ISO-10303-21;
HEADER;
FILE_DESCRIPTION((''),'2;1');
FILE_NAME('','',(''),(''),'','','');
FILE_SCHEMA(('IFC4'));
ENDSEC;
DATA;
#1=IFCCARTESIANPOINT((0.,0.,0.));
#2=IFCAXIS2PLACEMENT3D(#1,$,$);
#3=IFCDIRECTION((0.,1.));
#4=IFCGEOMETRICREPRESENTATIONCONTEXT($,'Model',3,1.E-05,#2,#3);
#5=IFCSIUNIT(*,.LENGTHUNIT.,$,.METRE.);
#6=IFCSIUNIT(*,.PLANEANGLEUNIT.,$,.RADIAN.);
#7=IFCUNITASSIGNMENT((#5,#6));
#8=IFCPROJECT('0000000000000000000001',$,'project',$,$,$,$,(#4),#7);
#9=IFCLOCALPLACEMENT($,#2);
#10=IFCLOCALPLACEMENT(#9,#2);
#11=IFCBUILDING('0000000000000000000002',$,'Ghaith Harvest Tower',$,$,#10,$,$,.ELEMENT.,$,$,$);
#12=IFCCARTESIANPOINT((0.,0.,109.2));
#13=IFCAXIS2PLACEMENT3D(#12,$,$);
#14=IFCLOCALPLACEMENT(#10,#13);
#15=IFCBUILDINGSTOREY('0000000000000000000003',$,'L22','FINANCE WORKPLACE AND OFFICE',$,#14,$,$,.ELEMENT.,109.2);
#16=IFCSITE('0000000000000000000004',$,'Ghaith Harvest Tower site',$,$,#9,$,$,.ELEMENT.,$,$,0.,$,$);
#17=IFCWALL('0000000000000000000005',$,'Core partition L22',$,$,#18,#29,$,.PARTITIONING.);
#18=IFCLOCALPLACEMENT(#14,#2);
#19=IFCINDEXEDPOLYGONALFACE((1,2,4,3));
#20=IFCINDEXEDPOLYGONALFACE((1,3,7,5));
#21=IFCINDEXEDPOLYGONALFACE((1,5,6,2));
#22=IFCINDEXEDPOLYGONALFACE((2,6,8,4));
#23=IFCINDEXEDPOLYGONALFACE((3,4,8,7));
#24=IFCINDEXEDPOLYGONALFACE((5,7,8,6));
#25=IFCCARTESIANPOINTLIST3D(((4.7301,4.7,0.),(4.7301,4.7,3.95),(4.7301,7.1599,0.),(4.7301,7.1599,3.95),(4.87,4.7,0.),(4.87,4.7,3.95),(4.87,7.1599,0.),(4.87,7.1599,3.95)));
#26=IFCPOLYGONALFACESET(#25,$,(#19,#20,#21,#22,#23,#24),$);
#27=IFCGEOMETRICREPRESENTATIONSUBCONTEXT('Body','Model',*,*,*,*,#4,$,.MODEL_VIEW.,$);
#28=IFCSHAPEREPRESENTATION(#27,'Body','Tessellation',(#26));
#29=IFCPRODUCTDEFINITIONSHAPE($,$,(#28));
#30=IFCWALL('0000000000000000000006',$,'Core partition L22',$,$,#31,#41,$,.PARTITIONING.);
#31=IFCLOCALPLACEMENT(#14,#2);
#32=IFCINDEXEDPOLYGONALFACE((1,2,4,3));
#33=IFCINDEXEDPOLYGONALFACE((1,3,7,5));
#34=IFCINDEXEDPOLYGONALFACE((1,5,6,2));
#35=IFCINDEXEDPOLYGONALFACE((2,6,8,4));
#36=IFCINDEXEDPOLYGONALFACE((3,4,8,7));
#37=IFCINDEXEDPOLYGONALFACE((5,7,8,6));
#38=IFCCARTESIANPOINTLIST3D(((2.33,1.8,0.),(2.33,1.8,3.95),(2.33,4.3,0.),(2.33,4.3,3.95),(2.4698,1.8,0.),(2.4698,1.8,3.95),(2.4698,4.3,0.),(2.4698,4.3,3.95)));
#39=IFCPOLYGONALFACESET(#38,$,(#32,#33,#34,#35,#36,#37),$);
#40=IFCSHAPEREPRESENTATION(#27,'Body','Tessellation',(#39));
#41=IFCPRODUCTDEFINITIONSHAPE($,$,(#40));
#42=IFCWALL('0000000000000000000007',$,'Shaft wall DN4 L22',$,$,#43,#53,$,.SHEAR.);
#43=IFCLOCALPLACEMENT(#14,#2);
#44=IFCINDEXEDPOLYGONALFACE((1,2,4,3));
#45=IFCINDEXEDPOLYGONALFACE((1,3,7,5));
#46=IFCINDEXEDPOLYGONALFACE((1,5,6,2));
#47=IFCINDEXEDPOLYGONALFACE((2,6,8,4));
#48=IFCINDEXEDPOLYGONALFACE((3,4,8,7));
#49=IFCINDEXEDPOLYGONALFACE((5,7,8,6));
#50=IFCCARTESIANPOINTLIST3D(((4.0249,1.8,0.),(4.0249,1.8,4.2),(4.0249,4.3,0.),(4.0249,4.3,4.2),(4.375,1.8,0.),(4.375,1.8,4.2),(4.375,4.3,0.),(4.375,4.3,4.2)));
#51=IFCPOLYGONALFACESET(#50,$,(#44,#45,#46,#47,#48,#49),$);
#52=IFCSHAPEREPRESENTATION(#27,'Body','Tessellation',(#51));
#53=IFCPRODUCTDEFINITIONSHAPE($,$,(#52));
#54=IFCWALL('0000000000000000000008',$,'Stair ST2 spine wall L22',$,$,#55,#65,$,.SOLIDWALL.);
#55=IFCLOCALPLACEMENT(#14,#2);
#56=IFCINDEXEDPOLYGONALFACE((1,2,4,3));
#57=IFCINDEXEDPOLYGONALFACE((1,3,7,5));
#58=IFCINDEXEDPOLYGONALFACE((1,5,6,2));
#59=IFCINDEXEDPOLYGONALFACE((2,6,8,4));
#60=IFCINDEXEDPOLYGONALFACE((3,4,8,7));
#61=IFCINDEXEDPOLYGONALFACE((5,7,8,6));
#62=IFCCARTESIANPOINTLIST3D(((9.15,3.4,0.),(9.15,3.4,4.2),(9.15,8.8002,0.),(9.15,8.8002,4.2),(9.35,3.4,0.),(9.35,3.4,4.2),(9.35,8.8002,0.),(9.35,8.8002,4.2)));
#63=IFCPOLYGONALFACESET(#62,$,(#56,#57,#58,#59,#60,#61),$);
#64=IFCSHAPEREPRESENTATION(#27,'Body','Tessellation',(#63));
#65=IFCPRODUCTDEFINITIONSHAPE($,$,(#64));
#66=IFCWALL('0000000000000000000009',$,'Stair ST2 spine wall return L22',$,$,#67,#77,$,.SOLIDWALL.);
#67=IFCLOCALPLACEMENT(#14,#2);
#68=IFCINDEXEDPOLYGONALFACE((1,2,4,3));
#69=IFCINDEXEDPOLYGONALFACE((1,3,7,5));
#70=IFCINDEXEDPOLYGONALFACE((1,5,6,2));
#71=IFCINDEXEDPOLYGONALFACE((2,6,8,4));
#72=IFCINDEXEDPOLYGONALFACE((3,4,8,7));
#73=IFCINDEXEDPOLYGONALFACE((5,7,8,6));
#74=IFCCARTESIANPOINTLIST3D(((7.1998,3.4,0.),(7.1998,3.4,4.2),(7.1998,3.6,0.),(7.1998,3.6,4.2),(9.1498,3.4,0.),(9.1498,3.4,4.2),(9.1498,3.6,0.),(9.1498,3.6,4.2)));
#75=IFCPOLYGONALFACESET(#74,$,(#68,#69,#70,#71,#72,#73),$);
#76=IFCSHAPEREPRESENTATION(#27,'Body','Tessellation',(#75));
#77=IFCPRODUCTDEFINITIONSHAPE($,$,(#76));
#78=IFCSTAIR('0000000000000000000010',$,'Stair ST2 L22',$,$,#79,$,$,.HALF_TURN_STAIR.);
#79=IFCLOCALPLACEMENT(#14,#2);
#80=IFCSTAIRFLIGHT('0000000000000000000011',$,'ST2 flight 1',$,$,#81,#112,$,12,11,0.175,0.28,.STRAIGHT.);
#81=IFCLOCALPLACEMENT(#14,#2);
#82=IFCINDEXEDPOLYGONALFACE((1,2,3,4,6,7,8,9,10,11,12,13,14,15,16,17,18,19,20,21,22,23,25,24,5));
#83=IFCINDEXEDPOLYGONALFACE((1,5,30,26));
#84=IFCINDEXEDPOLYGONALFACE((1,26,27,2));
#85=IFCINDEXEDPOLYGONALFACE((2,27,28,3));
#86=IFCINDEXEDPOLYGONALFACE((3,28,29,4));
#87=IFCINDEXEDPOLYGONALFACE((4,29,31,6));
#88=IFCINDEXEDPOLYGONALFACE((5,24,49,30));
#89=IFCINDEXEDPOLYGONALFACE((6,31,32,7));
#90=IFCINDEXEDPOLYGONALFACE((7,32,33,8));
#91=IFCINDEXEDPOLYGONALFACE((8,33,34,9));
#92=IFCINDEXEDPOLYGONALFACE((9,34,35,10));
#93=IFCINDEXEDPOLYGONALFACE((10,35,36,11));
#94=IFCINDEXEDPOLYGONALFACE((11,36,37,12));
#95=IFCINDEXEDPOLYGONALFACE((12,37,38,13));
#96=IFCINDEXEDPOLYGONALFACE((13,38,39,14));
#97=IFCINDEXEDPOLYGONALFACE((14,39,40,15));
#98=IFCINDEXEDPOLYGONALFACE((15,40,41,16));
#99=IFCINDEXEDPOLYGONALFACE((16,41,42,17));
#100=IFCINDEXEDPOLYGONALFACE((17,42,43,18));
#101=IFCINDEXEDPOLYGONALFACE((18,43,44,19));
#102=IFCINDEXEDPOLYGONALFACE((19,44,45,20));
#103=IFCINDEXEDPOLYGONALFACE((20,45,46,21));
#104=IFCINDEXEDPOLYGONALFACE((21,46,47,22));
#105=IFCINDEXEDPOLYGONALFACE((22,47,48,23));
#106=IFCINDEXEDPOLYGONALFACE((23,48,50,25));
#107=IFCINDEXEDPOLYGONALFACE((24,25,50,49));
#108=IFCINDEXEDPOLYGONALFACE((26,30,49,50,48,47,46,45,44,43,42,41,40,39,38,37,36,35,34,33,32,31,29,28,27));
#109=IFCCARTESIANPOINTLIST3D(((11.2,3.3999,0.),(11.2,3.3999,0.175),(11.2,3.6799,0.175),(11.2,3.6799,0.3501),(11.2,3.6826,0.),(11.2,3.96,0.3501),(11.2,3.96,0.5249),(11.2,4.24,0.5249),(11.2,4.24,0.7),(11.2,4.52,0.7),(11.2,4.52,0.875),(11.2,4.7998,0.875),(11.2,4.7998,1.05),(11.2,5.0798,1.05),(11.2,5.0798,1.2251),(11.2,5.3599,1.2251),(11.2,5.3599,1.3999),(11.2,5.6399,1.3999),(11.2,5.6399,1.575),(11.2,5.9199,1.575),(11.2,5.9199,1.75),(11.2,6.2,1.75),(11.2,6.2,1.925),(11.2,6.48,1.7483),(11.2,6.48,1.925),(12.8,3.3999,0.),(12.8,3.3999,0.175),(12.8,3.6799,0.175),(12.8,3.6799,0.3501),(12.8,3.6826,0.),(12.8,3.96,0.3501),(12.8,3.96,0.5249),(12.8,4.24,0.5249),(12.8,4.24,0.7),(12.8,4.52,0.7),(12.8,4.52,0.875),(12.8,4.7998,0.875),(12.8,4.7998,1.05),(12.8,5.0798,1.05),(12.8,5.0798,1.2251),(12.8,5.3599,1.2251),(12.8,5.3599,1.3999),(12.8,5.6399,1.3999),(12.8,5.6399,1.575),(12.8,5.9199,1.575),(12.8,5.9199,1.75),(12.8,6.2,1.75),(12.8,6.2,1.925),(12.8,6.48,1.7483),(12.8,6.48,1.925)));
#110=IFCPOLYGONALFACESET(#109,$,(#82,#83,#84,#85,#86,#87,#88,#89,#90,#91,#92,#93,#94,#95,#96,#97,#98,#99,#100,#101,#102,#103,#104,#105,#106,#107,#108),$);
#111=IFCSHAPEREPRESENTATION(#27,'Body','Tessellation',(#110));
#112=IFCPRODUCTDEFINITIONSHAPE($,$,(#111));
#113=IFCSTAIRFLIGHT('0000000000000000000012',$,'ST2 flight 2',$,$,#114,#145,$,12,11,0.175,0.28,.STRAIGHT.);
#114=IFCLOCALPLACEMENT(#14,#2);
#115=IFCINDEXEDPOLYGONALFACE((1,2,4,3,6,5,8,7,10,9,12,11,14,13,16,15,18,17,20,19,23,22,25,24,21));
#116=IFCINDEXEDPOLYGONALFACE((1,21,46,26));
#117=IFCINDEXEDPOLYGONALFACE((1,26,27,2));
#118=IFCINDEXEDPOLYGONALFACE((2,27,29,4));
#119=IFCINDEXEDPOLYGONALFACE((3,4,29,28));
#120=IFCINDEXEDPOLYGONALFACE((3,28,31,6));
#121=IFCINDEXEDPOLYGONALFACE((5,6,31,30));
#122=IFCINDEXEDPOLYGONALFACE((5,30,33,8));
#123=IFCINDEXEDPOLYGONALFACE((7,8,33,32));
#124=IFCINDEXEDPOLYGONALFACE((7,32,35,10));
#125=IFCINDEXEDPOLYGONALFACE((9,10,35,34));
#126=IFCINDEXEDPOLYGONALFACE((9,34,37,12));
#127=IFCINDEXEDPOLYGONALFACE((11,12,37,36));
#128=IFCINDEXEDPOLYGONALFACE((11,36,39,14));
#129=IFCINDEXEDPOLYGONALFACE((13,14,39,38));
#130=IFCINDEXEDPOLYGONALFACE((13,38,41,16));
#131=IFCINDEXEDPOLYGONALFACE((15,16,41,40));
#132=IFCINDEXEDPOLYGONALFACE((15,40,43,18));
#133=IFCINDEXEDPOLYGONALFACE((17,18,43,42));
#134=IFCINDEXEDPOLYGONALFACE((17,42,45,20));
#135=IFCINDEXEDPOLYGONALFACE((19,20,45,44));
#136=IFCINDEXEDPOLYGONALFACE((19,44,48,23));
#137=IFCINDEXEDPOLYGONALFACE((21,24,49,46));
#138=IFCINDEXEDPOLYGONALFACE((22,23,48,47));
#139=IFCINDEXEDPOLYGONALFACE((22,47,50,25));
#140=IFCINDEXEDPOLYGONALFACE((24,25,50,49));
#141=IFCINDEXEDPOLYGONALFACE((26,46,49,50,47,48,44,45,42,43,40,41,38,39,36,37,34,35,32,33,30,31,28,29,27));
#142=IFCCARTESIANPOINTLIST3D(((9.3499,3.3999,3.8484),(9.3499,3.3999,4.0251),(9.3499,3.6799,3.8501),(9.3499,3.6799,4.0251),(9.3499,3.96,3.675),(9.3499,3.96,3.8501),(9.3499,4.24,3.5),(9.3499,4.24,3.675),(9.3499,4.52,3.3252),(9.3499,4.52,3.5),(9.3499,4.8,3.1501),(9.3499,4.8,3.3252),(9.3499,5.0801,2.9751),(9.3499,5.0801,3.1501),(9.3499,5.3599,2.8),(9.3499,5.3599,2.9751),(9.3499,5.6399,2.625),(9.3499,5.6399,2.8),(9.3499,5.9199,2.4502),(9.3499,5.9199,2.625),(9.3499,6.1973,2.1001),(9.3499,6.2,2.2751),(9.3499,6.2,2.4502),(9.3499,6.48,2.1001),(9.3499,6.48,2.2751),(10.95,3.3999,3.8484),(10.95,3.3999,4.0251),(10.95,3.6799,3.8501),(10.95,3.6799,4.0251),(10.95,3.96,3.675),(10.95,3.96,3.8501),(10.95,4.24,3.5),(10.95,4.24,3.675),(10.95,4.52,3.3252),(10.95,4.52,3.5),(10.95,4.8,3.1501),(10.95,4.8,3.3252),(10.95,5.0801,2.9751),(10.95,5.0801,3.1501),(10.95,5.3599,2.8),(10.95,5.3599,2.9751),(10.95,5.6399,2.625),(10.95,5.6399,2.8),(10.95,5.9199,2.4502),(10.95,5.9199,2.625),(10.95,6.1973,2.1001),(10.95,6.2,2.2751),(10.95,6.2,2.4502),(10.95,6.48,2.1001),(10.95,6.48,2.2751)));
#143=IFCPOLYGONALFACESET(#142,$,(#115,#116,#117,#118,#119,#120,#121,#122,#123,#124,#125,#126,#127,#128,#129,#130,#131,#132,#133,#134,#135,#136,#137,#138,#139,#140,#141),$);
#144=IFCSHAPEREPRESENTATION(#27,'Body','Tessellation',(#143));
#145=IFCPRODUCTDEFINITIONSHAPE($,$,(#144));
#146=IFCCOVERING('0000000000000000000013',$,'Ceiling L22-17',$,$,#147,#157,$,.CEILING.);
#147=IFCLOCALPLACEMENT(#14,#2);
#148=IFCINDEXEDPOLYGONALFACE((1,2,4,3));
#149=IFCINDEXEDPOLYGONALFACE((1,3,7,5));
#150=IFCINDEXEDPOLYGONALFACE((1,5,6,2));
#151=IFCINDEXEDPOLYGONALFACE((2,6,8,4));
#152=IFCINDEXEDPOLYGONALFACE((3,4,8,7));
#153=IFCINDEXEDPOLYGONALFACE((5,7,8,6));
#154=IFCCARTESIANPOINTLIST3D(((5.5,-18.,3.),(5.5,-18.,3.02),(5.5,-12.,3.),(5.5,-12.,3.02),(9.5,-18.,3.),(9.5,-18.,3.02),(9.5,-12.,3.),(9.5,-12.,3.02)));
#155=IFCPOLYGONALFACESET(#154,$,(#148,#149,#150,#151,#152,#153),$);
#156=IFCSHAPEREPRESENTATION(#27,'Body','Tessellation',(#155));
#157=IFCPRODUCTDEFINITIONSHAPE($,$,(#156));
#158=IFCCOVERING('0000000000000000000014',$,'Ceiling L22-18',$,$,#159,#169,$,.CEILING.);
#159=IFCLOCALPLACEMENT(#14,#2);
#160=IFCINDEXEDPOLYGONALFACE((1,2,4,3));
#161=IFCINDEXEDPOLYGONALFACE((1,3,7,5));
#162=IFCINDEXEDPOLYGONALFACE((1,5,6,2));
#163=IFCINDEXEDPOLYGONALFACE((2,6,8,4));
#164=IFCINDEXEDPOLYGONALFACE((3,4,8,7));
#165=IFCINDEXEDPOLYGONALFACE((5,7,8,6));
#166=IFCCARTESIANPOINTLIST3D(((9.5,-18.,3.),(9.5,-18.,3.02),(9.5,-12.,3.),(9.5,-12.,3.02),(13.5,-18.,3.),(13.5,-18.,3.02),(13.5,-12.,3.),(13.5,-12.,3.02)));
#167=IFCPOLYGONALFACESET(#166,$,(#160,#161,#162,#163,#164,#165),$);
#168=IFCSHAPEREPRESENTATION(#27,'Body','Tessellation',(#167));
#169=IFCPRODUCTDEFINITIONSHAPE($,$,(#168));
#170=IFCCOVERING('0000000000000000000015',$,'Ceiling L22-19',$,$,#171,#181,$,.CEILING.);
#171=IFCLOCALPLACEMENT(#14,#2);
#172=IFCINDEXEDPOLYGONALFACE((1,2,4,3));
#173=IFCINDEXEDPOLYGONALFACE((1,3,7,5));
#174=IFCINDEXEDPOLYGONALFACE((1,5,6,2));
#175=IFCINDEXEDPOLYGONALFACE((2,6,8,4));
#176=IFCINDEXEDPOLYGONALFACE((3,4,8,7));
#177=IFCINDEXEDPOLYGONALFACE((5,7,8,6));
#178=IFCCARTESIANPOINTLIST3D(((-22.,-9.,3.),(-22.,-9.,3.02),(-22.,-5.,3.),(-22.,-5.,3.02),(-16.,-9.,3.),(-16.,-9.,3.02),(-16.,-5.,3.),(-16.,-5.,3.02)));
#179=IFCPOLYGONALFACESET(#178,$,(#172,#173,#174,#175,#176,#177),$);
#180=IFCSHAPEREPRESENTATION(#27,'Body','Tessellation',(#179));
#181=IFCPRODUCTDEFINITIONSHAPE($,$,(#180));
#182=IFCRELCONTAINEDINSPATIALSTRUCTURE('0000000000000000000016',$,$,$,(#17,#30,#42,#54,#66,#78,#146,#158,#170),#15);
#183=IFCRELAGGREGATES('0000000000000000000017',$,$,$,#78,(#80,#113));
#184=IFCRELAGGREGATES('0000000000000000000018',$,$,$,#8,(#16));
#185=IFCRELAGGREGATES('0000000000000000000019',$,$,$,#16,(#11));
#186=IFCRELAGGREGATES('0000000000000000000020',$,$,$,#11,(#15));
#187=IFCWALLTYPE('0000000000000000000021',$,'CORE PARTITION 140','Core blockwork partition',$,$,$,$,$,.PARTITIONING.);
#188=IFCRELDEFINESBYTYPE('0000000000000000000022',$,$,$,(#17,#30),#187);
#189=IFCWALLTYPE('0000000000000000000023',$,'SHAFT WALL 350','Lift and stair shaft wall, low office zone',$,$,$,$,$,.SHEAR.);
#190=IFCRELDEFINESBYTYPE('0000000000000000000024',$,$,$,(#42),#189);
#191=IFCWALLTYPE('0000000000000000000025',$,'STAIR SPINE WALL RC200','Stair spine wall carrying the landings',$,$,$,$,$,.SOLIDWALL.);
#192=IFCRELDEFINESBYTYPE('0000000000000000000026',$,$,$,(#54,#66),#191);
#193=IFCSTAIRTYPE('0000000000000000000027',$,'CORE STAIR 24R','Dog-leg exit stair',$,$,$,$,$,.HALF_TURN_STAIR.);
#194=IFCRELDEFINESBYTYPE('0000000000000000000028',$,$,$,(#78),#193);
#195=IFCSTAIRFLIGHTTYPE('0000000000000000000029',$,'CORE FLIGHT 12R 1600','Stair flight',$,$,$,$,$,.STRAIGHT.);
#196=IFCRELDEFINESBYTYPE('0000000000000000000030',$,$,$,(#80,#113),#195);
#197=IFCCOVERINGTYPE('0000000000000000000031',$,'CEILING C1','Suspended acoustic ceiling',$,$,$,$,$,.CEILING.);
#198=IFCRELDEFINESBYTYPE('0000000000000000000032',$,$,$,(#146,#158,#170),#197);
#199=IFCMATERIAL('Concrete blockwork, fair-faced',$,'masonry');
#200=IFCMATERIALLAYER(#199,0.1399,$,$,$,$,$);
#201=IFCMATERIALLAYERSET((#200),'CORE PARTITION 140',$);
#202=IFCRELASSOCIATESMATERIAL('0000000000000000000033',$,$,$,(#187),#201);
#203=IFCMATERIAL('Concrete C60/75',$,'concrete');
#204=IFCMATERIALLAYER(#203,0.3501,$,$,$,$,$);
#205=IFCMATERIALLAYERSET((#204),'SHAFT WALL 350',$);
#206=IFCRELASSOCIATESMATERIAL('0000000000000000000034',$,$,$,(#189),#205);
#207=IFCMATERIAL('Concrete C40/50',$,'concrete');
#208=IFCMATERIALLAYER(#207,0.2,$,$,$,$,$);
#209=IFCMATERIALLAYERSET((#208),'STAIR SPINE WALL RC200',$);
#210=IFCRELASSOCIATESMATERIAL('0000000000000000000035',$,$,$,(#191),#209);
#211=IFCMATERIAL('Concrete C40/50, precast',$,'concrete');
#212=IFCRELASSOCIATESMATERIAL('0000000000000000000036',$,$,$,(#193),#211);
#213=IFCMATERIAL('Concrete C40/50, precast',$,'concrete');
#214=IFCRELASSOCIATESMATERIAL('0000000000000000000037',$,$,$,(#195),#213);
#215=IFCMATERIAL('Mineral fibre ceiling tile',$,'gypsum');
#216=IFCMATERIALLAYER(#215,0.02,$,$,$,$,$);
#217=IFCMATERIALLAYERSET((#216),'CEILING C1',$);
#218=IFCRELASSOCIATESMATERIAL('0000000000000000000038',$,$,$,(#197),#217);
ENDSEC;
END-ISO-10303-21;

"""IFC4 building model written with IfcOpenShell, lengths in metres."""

from ifc_helpers import new_model, si_unit, direction, frame, frame_2d, origin, place, context, subcontext, project, spatial, polyline, rectangle, outline, extrude, material, layer, layer_set, type_object, element, aggregate, save


model = new_model("IFC4")

# Units and contexts
model_context = context("Model", 3, precision=1e-05, world=origin(), true_north=direction((0.0, 1.0)))
body_context = subcontext(model_context, "Body", "Model", "MODEL_VIEW")
ifc_project = project(units=[si_unit("LENGTHUNIT", "METRE"), si_unit("PLANEANGLEUNIT", "RADIAN")], contexts=[model_context])

# Site, building, storey
site_placement = place(None, origin())
site = spatial("IfcSite", under=ifc_project, at=site_placement, Name="Ghaith Harvest Tower site", CompositionType="ELEMENT", RefElevation=0.0)
building_placement = place(site_placement, origin())
building = spatial("IfcBuilding", under=site, at=building_placement, Name="Ghaith Harvest Tower", CompositionType="ELEMENT")
storey_placement = place(building_placement, frame((0.0, 0.0, 109.2)))
storey = spatial("IfcBuildingStorey", under=building, at=storey_placement, Name="L22", Description="FINANCE WORKPLACE AND OFFICE", CompositionType="ELEMENT", Elevation=109.2)

# Walls
ifc_material_1 = material(Name="Concrete blockwork, fair-faced", Category="masonry")
ifc_layer_1 = layer(ifc_material_1, 0.1399)
ifc_layer_set_1 = layer_set([ifc_layer_1], Name="CORE PARTITION 140")
wall_type_1 = type_object("IfcWallType", Name="CORE PARTITION 140", Description="Core blockwork partition", PredefinedType="PARTITIONING", material=ifc_layer_set_1)
for number, where, z_axis, x_axis, name in (
    (1, (4.8, 4.7, 0.0), (0.0, 0.0, 1.0), (0.0, 1.0, 0.0), "Core partition L22"),
):
    element("IfcWall", number, at=place(storey_placement, frame(where, z_axis=z_axis, x_axis=x_axis)), inside=storey, type_object=wall_type_1, Name=name, PredefinedType="PARTITIONING", context=body_context, shape_type="SweptSolid", body=[
        extrude(rectangle(XDim=2.46, YDim=0.1399, at=frame_2d((1.23, 0.0))), origin(), (0.0, 0.0, 1.0), 3.95),
    ])
wall_1_placement = place(storey_placement, frame((2.3999, 1.8, 0.0), z_axis=(0.0, 0.0, 1.0), x_axis=(0.0, 1.0, 0.0)))
element("IfcWall", 2, at=wall_1_placement, inside=storey, type_object=wall_type_1, Name="Core partition L22", PredefinedType="PARTITIONING", context=body_context, shape_type="SweptSolid", body=[
    extrude(rectangle(XDim=2.5, YDim=0.1399, at=frame_2d((1.25, 0.0))), origin(), (0.0, 0.0, 1.0), 3.95),
])

# Shared definitions
ifc_material_2 = material(Name="Concrete C60/75", Category="concrete")
ifc_layer_2 = layer(ifc_material_2, 0.3501)
ifc_layer_set_2 = layer_set([ifc_layer_2], Name="SHAFT WALL 350")
wall_type_2 = type_object("IfcWallType", Name="SHAFT WALL 350", Description="Lift and stair shaft wall, low office zone", PredefinedType="SHEAR", material=ifc_layer_set_2)

# Walls
wall_2_placement = place(storey_placement, frame((4.2, 1.8, 0.0), z_axis=(0.0, 0.0, 1.0), x_axis=(0.0, 1.0, 0.0)))
element("IfcWall", 3, at=wall_2_placement, inside=storey, type_object=wall_type_2, Name="Shaft wall DN4 L22", PredefinedType="SHEAR", context=body_context, shape_type="SweptSolid", body=[
    extrude(rectangle(XDim=2.5, YDim=0.3501, at=frame_2d((1.25, 0.0))), origin(), (0.0, 0.0, 1.0), 4.2),
])
ifc_material_3 = material(Name="Concrete C40/50", Category="concrete")
ifc_layer_3 = layer(ifc_material_3, 0.2)
ifc_layer_set_3 = layer_set([ifc_layer_3], Name="STAIR SPINE WALL RC200")
wall_type_3 = type_object("IfcWallType", Name="STAIR SPINE WALL RC200", Description="Stair spine wall carrying the landings", PredefinedType="SOLIDWALL", material=ifc_layer_set_3)
wall_3_placement = place(storey_placement, frame((9.25, 3.3999, 0.0), z_axis=(0.0, 0.0, 1.0), x_axis=(0.0, 1.0, 0.0)))
element("IfcWall", 4, at=wall_3_placement, inside=storey, type_object=wall_type_3, Name="Stair ST2 spine wall L22", PredefinedType="SOLIDWALL", context=body_context, shape_type="SweptSolid", body=[
    extrude(rectangle(XDim=5.4001, YDim=0.2, at=frame_2d((2.7002, 0.0))), origin(), (0.0, 0.0, 1.0), 4.2),
])
wall_4_placement = place(storey_placement, frame((9.1499, 3.5, 0.0), z_axis=(0.0, 0.0, 1.0), x_axis=(-1.0, 0.0, 0.0)))
element("IfcWall", 5, at=wall_4_placement, inside=storey, type_object=wall_type_3, Name="Stair ST2 spine wall return L22", PredefinedType="SOLIDWALL", context=body_context, shape_type="SweptSolid", body=[
    extrude(rectangle(XDim=1.95, YDim=0.2, at=frame_2d((0.9751, 0.0))), origin(), (0.0, 0.0, 1.0), 4.2),
])

# Stair, stair flights
ifc_material_4 = material(Name="Concrete C40/50, precast", Category="concrete")
stair_type = type_object("IfcStairType", Name="CORE STAIR 24R", Description="Dog-leg exit stair", PredefinedType="HALF_TURN_STAIR", material=ifc_material_4)
stair_placement = place(storey_placement, origin())
stair = element("IfcStair", 6, at=stair_placement, inside=storey, type_object=stair_type, Name="Stair ST2 L22", PredefinedType="HALF_TURN_STAIR")
ifc_material_5 = material(Name="Concrete C40/50, precast", Category="concrete")
stair_flight_type = type_object("IfcStairFlightType", Name="CORE FLIGHT 12R 1600", Description="Stair flight", PredefinedType="STRAIGHT", material=ifc_material_5)
stair_flight_1_placement = place(storey_placement, frame((12.0, 3.3999, 0.0), z_axis=(0.0, 0.0, 1.0), x_axis=(0.0, 1.0, 0.0)))
stair_flight_1 = element("IfcStairFlight", 7, at=stair_flight_1_placement, type_object=stair_flight_type, Name="ST2 flight 1", NumberOfRisers=12, NumberOfTreads=11, PredefinedType="STRAIGHT", RiserHeight=0.175, TreadLength=0.28, context=body_context, shape_type="SweptSolid", body=[
    extrude(outline(polyline([(0.0, 0.0), (0.0, 0.175), (0.28, 0.175), (0.28, 0.3501), (0.5601, 0.3501), (0.5601, 0.5249), (0.8401, 0.5249), (0.8401, 0.7), (1.1201, 0.7), (1.1201, 0.875), (1.3999, 0.875), (1.3999, 1.05), (1.6799, 1.05), (1.6799, 1.2251), (1.96, 1.2251), (1.96, 1.3999), (2.24, 1.3999), (2.24, 1.575), (2.52, 1.575), (2.52, 1.75), (2.8, 1.75), (2.8, 1.925), (3.0801, 1.925), (3.0801, 2.1001), (3.0801, 1.7483), (0.2827, 0.0), (0.0, 0.0)])), frame((0.0, 0.8, 0.0), z_axis=(0.0, -1.0, 0.0), x_axis=(1.0, 0.0, 0.0)), (0.0, 0.0, 1.0), 1.6001),
])
stair_flight_2_placement = place(storey_placement, frame((10.1499, 6.48, 2.1001), z_axis=(0.0, 0.0, 1.0), x_axis=(0.0, -1.0, 0.0)))
stair_flight_2 = element("IfcStairFlight", 8, at=stair_flight_2_placement, type_object=stair_flight_type, Name="ST2 flight 2", NumberOfRisers=12, NumberOfTreads=11, PredefinedType="STRAIGHT", RiserHeight=0.175, TreadLength=0.28, context=body_context, shape_type="SweptSolid", body=[
    extrude(outline(polyline([(0.0, 0.0), (0.0, 0.175), (0.28, 0.175), (0.28, 0.3501), (0.5601, 0.3501), (0.5601, 0.5249), (0.8401, 0.5249), (0.8401, 0.7), (1.1201, 0.7), (1.1201, 0.875), (1.3999, 0.875), (1.3999, 1.05), (1.6799, 1.05), (1.6799, 1.2251), (1.96, 1.2251), (1.96, 1.3999), (2.24, 1.3999), (2.24, 1.575), (2.52, 1.575), (2.52, 1.75), (2.8, 1.75), (2.8, 1.925), (3.0801, 1.925), (3.0801, 2.1001), (3.0801, 1.7483), (0.2827, 0.0), (0.0, 0.0)])), frame((0.0, 0.8, 0.0), z_axis=(0.0, -1.0, 0.0), x_axis=(1.0, 0.0, 0.0)), (0.0, 0.0, 1.0), 1.6001),
])
aggregate(stair, [stair_flight_1, stair_flight_2])

# Coverings
ifc_material_6 = material(Name="Mineral fibre ceiling tile", Category="gypsum")
ifc_layer_4 = layer(ifc_material_6, 0.02)
ifc_layer_set_4 = layer_set([ifc_layer_4], Name="CEILING C1")
covering_type = type_object("IfcCoveringType", Name="CEILING C1", Description="Suspended acoustic ceiling", PredefinedType="CEILING", material=ifc_layer_set_4)
covering_1_placement = place(storey_placement, frame((0.0, 0.0, 3.0)))
element("IfcCovering", 9, at=covering_1_placement, inside=storey, type_object=covering_type, Name="Ceiling L22-17", PredefinedType="CEILING", context=body_context, shape_type="SweptSolid", body=[
    extrude(outline(polyline([(5.5, -18.0), (9.5, -18.0), (9.5, -12.0), (5.5, -12.0), (5.5, -18.0)])), origin(), (0.0, 0.0, 1.0), 0.02),
])
covering_2_placement = place(storey_placement, frame((0.0, 0.0, 3.0)))
element("IfcCovering", 10, at=covering_2_placement, inside=storey, type_object=covering_type, Name="Ceiling L22-18", PredefinedType="CEILING", context=body_context, shape_type="SweptSolid", body=[
    extrude(outline(polyline([(9.5, -18.0), (13.5, -18.0), (13.5, -12.0), (9.5, -12.0), (9.5, -18.0)])), origin(), (0.0, 0.0, 1.0), 0.02),
])
covering_3_placement = place(storey_placement, frame((0.0, 0.0, 3.0)))
element("IfcCovering", 11, at=covering_3_placement, inside=storey, type_object=covering_type, Name="Ceiling L22-19", PredefinedType="CEILING", context=body_context, shape_type="SweptSolid", body=[
    extrude(outline(polyline([(-22.0, -9.0), (-16.0, -9.0), (-16.0, -5.0), (-22.0, -5.0), (-22.0, -9.0)])), origin(), (0.0, 0.0, 1.0), 0.02),
])

save(model, "model.ifc")
